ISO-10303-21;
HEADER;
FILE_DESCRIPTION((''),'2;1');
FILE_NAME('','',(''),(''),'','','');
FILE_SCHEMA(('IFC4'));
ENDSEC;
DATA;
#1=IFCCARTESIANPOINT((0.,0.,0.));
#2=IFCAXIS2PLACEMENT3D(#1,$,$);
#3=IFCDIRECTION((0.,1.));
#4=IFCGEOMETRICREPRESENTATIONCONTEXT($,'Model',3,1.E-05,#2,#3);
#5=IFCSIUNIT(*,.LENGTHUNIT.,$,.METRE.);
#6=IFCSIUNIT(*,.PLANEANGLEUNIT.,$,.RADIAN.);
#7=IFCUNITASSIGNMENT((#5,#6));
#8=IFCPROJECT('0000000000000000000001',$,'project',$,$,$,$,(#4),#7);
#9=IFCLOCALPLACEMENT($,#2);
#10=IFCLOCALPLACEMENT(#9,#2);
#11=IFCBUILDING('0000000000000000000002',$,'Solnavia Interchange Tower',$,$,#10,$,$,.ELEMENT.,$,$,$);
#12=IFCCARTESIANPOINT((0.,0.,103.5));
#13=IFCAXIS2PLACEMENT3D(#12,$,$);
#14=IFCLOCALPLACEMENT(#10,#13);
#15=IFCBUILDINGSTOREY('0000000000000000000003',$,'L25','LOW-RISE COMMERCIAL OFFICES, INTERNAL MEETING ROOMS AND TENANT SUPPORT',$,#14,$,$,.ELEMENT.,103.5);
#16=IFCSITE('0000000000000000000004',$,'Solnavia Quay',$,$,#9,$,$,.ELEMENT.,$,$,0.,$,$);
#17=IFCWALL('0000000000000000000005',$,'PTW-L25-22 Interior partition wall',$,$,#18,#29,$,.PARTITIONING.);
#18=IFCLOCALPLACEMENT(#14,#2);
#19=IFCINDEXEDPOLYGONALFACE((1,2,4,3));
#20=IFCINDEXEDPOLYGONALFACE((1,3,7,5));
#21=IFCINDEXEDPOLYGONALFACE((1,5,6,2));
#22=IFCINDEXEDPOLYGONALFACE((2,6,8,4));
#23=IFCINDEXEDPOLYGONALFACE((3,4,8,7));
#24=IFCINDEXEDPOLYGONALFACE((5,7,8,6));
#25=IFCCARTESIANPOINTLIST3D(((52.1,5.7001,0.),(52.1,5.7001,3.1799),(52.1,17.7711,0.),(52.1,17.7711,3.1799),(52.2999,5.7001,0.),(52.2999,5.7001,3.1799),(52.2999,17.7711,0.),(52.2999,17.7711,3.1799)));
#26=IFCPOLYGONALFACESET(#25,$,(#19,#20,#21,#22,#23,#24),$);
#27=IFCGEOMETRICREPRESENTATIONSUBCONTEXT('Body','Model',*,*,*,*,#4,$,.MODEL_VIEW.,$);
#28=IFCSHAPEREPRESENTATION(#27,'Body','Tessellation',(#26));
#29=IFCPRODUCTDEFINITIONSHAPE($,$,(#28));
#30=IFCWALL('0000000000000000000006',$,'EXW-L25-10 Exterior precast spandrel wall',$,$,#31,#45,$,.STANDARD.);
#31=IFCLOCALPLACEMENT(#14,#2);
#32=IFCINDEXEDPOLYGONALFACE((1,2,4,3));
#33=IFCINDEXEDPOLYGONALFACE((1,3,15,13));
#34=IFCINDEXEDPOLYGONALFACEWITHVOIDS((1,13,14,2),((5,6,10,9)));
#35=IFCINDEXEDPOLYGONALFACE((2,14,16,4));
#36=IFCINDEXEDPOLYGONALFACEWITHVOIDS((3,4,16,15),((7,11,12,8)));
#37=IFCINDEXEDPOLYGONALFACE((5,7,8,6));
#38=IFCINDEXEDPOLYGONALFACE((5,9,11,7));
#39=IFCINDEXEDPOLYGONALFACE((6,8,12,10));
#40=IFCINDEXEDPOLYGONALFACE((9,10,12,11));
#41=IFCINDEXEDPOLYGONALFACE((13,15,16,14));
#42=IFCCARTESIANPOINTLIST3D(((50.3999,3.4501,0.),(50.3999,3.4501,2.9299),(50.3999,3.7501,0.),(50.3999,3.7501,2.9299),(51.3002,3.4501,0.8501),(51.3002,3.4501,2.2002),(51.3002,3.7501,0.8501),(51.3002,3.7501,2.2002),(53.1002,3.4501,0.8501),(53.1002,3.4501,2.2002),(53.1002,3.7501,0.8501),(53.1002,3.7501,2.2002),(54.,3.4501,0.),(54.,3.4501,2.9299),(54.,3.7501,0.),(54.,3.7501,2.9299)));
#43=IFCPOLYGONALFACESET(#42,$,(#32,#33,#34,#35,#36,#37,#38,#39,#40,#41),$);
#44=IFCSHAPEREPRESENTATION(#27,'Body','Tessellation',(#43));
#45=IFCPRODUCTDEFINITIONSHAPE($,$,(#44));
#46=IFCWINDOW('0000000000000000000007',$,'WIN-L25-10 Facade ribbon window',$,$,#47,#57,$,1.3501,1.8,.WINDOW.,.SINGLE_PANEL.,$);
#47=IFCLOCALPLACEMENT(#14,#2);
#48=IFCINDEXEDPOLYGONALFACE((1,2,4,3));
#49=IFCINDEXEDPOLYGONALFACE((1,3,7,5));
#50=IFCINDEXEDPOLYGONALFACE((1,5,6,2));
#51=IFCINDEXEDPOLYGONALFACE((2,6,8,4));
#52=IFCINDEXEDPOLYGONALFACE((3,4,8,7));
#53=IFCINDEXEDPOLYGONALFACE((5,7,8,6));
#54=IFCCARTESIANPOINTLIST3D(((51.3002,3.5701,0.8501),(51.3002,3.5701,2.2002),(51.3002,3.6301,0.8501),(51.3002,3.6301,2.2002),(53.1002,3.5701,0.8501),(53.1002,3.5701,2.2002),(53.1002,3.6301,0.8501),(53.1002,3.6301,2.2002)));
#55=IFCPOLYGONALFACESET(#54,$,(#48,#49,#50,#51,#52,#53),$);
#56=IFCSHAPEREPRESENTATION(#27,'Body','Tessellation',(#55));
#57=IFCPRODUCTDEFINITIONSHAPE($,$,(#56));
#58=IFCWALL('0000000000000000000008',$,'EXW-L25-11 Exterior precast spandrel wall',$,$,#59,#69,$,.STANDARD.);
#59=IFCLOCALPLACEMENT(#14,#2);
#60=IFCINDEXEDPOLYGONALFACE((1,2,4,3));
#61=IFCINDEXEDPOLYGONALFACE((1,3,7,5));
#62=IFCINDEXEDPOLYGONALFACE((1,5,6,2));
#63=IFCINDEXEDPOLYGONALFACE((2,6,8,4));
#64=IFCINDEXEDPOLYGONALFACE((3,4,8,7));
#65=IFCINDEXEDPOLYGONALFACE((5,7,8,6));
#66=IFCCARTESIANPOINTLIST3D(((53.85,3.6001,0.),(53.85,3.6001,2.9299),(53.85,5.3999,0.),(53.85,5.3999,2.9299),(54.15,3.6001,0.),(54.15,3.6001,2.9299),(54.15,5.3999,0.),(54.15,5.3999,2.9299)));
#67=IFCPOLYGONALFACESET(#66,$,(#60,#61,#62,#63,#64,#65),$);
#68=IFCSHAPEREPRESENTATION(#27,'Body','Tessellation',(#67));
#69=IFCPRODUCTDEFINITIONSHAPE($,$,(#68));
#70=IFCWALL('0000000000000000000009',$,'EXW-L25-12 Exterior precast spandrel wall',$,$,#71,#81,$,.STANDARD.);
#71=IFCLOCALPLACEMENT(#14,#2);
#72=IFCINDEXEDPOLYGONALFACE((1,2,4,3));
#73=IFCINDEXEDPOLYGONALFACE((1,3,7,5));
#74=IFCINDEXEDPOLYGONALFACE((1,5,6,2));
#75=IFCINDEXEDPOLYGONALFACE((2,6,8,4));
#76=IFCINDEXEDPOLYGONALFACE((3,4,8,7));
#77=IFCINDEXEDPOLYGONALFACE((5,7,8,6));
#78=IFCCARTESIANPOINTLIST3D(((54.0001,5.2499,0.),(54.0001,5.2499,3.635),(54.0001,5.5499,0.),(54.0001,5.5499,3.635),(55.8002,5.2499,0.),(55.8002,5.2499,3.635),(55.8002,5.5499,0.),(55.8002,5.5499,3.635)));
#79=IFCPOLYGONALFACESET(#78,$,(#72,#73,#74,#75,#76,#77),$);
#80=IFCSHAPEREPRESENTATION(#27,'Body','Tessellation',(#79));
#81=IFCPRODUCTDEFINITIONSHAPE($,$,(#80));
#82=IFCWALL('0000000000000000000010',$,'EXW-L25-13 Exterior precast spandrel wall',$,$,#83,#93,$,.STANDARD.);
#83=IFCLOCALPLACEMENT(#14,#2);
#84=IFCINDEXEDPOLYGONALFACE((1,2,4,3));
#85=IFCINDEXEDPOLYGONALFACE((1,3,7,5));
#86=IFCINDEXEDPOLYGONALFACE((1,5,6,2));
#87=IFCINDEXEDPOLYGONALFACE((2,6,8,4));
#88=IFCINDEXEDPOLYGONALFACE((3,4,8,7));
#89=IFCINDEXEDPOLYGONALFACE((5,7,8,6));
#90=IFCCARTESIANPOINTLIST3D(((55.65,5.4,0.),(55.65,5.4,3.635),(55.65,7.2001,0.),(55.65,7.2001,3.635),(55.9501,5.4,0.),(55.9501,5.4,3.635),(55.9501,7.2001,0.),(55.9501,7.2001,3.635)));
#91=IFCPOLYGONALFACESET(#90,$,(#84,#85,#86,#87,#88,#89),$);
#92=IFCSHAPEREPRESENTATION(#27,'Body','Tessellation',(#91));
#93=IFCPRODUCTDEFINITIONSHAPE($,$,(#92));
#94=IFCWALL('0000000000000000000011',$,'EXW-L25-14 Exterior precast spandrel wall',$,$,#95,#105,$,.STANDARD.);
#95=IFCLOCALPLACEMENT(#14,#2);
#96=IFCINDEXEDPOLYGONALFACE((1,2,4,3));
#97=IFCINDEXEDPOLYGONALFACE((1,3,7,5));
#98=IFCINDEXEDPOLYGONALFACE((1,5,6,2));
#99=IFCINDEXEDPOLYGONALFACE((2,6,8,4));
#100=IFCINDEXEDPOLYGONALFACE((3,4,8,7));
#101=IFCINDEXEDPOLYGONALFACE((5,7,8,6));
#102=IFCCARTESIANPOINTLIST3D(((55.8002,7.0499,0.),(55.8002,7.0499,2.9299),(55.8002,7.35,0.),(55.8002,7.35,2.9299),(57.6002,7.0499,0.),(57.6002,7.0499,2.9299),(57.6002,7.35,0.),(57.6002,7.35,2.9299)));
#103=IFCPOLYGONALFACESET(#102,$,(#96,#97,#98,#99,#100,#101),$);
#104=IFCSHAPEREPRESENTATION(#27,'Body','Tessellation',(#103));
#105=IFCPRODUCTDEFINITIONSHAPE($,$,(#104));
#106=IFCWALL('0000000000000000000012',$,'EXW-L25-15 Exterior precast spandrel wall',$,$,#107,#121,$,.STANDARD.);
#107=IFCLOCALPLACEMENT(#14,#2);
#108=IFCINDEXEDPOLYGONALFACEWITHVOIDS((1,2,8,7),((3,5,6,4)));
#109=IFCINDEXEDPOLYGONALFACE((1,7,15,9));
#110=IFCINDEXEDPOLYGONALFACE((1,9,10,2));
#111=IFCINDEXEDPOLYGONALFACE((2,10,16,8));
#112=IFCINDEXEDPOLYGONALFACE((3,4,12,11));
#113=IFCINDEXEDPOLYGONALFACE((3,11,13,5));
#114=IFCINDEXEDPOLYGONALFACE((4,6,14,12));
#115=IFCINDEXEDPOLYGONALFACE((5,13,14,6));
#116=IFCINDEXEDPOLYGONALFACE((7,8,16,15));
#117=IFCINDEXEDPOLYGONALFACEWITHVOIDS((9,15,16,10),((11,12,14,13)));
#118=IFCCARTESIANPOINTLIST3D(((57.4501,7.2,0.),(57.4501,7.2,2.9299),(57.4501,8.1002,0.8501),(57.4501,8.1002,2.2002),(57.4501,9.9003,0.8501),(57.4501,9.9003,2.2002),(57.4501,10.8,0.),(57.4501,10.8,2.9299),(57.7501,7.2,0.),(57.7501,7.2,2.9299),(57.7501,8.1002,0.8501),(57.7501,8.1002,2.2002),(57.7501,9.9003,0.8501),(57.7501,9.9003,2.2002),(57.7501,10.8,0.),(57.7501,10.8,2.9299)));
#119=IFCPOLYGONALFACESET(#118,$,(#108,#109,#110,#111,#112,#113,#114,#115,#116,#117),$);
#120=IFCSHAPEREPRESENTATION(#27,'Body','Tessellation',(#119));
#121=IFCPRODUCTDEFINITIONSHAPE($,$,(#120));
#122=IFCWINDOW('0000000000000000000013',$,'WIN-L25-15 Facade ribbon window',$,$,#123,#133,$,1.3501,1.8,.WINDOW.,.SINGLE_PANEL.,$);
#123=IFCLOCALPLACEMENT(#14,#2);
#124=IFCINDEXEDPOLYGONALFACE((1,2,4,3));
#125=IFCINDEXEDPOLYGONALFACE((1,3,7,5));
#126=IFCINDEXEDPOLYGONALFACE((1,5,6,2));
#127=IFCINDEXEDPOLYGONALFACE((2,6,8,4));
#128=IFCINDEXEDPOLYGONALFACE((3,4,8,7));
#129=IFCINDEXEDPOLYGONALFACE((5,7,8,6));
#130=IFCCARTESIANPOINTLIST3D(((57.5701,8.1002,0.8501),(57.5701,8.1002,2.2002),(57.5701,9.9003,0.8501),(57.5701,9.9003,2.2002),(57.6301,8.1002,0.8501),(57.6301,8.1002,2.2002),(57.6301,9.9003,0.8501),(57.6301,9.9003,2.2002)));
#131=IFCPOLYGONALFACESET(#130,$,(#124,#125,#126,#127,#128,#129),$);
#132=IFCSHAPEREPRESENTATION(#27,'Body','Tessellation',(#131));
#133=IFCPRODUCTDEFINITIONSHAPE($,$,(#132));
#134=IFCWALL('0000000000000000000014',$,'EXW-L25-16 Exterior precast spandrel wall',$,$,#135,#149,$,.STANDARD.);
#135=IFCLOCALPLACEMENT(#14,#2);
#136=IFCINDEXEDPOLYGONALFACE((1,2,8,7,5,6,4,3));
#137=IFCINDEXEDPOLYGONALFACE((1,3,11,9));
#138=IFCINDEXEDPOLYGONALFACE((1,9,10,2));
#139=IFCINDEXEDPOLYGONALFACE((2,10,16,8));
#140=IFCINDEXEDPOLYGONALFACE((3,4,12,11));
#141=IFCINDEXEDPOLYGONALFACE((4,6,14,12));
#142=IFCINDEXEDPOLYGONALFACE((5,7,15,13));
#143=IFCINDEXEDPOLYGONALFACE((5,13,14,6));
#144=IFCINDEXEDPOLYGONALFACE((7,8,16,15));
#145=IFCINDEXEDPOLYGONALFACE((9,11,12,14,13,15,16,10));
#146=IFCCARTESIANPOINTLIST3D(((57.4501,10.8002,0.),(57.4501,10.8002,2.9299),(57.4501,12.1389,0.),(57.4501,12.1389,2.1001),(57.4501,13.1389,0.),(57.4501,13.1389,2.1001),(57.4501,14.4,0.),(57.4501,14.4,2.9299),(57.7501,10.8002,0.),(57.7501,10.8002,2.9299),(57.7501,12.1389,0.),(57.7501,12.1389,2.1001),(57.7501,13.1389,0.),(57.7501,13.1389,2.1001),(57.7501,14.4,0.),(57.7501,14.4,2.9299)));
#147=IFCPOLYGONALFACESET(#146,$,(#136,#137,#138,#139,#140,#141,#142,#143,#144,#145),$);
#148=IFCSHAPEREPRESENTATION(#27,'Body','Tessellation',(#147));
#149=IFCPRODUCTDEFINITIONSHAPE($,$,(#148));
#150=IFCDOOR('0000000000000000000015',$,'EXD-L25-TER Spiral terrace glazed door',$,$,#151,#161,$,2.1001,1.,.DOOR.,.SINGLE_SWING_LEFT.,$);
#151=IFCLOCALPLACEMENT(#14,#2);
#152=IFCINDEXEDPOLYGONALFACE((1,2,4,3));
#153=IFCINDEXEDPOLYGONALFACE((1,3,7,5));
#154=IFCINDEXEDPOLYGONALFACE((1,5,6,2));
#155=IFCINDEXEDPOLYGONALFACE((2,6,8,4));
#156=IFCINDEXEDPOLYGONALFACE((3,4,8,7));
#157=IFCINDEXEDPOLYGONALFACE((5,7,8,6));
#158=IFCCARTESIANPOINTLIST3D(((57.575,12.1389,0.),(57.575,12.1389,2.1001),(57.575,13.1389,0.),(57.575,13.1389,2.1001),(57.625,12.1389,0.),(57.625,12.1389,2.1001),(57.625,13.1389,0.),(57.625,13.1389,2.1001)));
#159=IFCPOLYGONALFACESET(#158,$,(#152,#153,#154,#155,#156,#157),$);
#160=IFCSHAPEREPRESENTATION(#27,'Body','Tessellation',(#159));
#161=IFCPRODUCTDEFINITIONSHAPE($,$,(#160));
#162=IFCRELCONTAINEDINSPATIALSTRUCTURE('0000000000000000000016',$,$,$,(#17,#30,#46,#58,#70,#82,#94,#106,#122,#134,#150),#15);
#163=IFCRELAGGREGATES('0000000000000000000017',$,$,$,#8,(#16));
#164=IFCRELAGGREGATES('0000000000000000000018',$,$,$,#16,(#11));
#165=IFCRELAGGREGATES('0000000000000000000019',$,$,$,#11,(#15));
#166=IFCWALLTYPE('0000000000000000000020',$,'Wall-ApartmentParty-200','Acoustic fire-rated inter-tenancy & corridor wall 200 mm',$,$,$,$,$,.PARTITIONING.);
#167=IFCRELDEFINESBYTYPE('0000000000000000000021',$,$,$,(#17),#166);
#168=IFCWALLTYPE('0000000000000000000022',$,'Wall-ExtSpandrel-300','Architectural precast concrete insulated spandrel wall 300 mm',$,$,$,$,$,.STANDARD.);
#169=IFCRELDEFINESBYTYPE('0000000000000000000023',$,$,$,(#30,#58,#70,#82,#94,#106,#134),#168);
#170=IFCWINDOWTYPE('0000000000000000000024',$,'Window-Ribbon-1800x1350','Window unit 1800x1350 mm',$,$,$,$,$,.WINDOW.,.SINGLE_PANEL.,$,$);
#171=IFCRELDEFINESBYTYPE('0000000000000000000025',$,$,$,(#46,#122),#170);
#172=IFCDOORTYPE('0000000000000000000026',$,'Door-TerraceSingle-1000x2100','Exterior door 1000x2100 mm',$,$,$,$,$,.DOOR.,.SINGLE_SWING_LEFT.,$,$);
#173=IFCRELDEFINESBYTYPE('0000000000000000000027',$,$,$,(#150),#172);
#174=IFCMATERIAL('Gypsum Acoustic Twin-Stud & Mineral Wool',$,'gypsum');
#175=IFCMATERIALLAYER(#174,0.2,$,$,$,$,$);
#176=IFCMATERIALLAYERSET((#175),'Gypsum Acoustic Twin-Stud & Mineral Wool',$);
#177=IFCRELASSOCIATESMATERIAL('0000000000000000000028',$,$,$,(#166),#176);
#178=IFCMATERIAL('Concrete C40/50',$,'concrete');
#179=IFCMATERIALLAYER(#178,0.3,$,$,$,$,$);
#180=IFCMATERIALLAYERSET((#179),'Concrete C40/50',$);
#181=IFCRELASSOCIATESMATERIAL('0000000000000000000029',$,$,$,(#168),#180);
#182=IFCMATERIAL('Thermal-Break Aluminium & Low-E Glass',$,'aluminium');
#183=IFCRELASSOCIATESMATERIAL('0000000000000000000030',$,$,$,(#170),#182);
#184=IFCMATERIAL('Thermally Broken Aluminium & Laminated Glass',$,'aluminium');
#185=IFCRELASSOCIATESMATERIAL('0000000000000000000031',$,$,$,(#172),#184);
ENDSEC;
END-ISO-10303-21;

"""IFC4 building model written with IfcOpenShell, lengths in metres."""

from ifc_helpers import new_model, si_unit, direction, frame, frame_2d, origin, place, context, subcontext, project, spatial, rectangle, extrude, material, layer, layer_set, type_object, element, fill, save


model = new_model("IFC4")

# Units and contexts
model_context = context("Model", 3, precision=1e-05, world=origin(), true_north=direction((0.0, 1.0)))
body_context = subcontext(model_context, "Body", "Model", "MODEL_VIEW")
ifc_project = project(units=[si_unit("LENGTHUNIT", "METRE"), si_unit("PLANEANGLEUNIT", "RADIAN")], contexts=[model_context])

# Site, building, storey
site_placement = place(None, origin())
site = spatial("IfcSite", under=ifc_project, at=site_placement, Name="Solnavia Quay", CompositionType="ELEMENT", RefElevation=0.0)
building_placement = place(site_placement, origin())
building = spatial("IfcBuilding", under=site, at=building_placement, Name="Solnavia Interchange Tower", CompositionType="ELEMENT")
storey_placement = place(building_placement, frame((0.0, 0.0, 103.5)))
storey = spatial("IfcBuildingStorey", under=building, at=storey_placement, Name="L25", Description="LOW-RISE COMMERCIAL OFFICES, INTERNAL MEETING ROOMS AND TENANT SUPPORT", CompositionType="ELEMENT", Elevation=103.5)

# Wall
ifc_material_1 = material(Name="Gypsum Acoustic Twin-Stud & Mineral Wool", Category="gypsum")
ifc_layer_1 = layer(ifc_material_1, 0.2)
ifc_layer_set_1 = layer_set([ifc_layer_1], Name="Gypsum Acoustic Twin-Stud & Mineral Wool")
wall_type_1 = type_object("IfcWallType", Name="Wall-ApartmentParty-200", Description="Acoustic fire-rated inter-tenancy & corridor wall 200 mm", PredefinedType="PARTITIONING", material=ifc_layer_set_1)
wall_1_placement = place(storey_placement, frame((52.2, 5.7, 0.0), z_axis=(0.0, 0.0, 1.0), x_axis=(0.0, 1.0, 0.0)))
element("IfcWall", 1, at=wall_1_placement, inside=storey, type_object=wall_type_1, Name="PTW-L25-22 Interior partition wall", PredefinedType="PARTITIONING", context=body_context, shape_type="SweptSolid", body=[
    extrude(rectangle(XDim=12.071, YDim=0.2, at=frame_2d((6.0356, 0.0))), origin(), (0.0, 0.0, 1.0), 3.1799),
])

# Wall, opening, window
ifc_material_2 = material(Name="Concrete C40/50", Category="concrete")
ifc_layer_2 = layer(ifc_material_2, 0.3)
ifc_layer_set_2 = layer_set([ifc_layer_2], Name="Concrete C40/50")
wall_type_2 = type_object("IfcWallType", Name="Wall-ExtSpandrel-300", Description="Architectural precast concrete insulated spandrel wall 300 mm", PredefinedType="STANDARD", material=ifc_layer_set_2)
wall_2_placement = place(storey_placement, frame((54.0, 3.6001, 0.0), z_axis=(0.0, 0.0, 1.0), x_axis=(-1.0, 0.0, 0.0)))
wall_2 = element("IfcWall", 2, at=wall_2_placement, inside=storey, type_object=wall_type_2, Name="EXW-L25-10 Exterior precast spandrel wall", PredefinedType="STANDARD", context=body_context, shape_type="SweptSolid", body=[
    extrude(rectangle(XDim=3.6001, YDim=0.3, at=frame_2d((1.8, 0.0))), origin(), (0.0, 0.0, 1.0), 2.9299),
])
opening_1_placement = place(wall_2_placement, frame((0.8999, 0.0, 0.8501)))
opening_1 = element("IfcOpeningElement", 3, at=opening_1_placement, cuts=wall_2, PredefinedType="OPENING", context=body_context, shape_type="SweptSolid", body=[
    extrude(rectangle(XDim=1.8, YDim=1.3501, at=frame_2d((0.8999, 0.675))), frame((0.0, 0.1602, 0.0), z_axis=(0.0, -1.0, 0.0), x_axis=(1.0, 0.0, 0.0)), (0.0, 0.0, 1.0), 0.3201),
])
ifc_material_3 = material(Name="Thermal-Break Aluminium & Low-E Glass", Category="aluminium")
window_type = type_object("IfcWindowType", Name="Window-Ribbon-1800x1350", Description="Window unit 1800x1350 mm", PartitioningType="SINGLE_PANEL", PredefinedType="WINDOW", material=ifc_material_3)
window_1_placement = place(opening_1_placement, origin())
window_1 = element("IfcWindow", 4, at=window_1_placement, inside=storey, type_object=window_type, Name="WIN-L25-10 Facade ribbon window", OverallHeight=1.3501, OverallWidth=1.8, PartitioningType="SINGLE_PANEL", PredefinedType="WINDOW", context=body_context, shape_type="SweptSolid", body=[
    extrude(rectangle(XDim=1.8, YDim=1.3501, at=frame_2d((0.8999, 0.675))), frame((0.0, 0.03, 0.0), z_axis=(0.0, -1.0, 0.0), x_axis=(1.0, 0.0, 0.0)), (0.0, 0.0, 1.0), 0.0601),
])
fill(opening_1, window_1)

# Walls
wall_3_placement = place(storey_placement, frame((54.0, 5.3999, 0.0), z_axis=(0.0, 0.0, 1.0), x_axis=(0.0, -1.0, 0.0)))
element("IfcWall", 5, at=wall_3_placement, inside=storey, type_object=wall_type_2, Name="EXW-L25-11 Exterior precast spandrel wall", PredefinedType="STANDARD", context=body_context, shape_type="SweptSolid", body=[
    extrude(rectangle(XDim=1.7998, YDim=0.3, at=frame_2d((0.8999, 0.0))), origin(), (0.0, 0.0, 1.0), 2.9299),
])
for number, where, z_axis, x_axis, name in (
    (6, (55.8, 5.3999, 0.0), (0.0, 0.0, 1.0), (-1.0, 0.0, 0.0), "EXW-L25-12 Exterior precast spandrel wall"),
    (7, (55.8, 7.2, 0.0), (0.0, 0.0, 1.0), (0.0, -1.0, 0.0), "EXW-L25-13 Exterior precast spandrel wall"),
):
    element("IfcWall", number, at=place(storey_placement, frame(where, z_axis=z_axis, x_axis=x_axis)), inside=storey, type_object=wall_type_2, Name=name, PredefinedType="STANDARD", context=body_context, shape_type="SweptSolid", body=[
        extrude(rectangle(XDim=1.8, YDim=0.3, at=frame_2d((0.8999, 0.0))), origin(), (0.0, 0.0, 1.0), 3.635),
    ])
wall_4_placement = place(storey_placement, frame((57.6001, 7.2, 0.0), z_axis=(0.0, 0.0, 1.0), x_axis=(-1.0, 0.0, 0.0)))
element("IfcWall", 8, at=wall_4_placement, inside=storey, type_object=wall_type_2, Name="EXW-L25-14 Exterior precast spandrel wall", PredefinedType="STANDARD", context=body_context, shape_type="SweptSolid", body=[
    extrude(rectangle(XDim=1.8, YDim=0.3, at=frame_2d((0.8999, 0.0))), origin(), (0.0, 0.0, 1.0), 2.9299),
])

# Wall, opening, window
wall_5_placement = place(storey_placement, frame((57.6001, 10.8, 0.0), z_axis=(0.0, 0.0, 1.0), x_axis=(0.0, -1.0, 0.0)))
wall_5 = element("IfcWall", 9, at=wall_5_placement, inside=storey, type_object=wall_type_2, Name="EXW-L25-15 Exterior precast spandrel wall", PredefinedType="STANDARD", context=body_context, shape_type="SweptSolid", body=[
    extrude(rectangle(XDim=3.6001, YDim=0.3, at=frame_2d((1.8, 0.0))), origin(), (0.0, 0.0, 1.0), 2.9299),
])
opening_2_placement = place(wall_5_placement, frame((0.8999, 0.0, 0.8501)))
opening_2 = element("IfcOpeningElement", 10, at=opening_2_placement, cuts=wall_5, PredefinedType="OPENING", context=body_context, shape_type="SweptSolid", body=[
    extrude(rectangle(XDim=1.8, YDim=1.3501, at=frame_2d((0.8999, 0.675))), frame((0.0, 0.1602, 0.0), z_axis=(0.0, -1.0, 0.0), x_axis=(1.0, 0.0, 0.0)), (0.0, 0.0, 1.0), 0.3201),
])
window_2_placement = place(opening_2_placement, origin())
window_2 = element("IfcWindow", 11, at=window_2_placement, inside=storey, type_object=window_type, Name="WIN-L25-15 Facade ribbon window", OverallHeight=1.3501, OverallWidth=1.8, PartitioningType="SINGLE_PANEL", PredefinedType="WINDOW", context=body_context, shape_type="SweptSolid", body=[
    extrude(rectangle(XDim=1.8, YDim=1.3501, at=frame_2d((0.8999, 0.675))), frame((0.0, 0.03, 0.0), z_axis=(0.0, -1.0, 0.0), x_axis=(1.0, 0.0, 0.0)), (0.0, 0.0, 1.0), 0.0601),
])
fill(opening_2, window_2)

# Wall, opening, door
wall_6_placement = place(storey_placement, frame((57.6001, 14.3999, 0.0), z_axis=(0.0, 0.0, 1.0), x_axis=(0.0, -1.0, 0.0)))
wall_6 = element("IfcWall", 12, at=wall_6_placement, inside=storey, type_object=wall_type_2, Name="EXW-L25-16 Exterior precast spandrel wall", PredefinedType="STANDARD", context=body_context, shape_type="SweptSolid", body=[
    extrude(rectangle(XDim=3.5999, YDim=0.3, at=frame_2d((1.7998, 0.0))), origin(), (0.0, 0.0, 1.0), 2.9299),
])
opening_3_placement = place(wall_6_placement, frame((1.261, 0.0, 0.0)))
opening_3 = element("IfcOpeningElement", 13, at=opening_3_placement, cuts=wall_6, PredefinedType="OPENING", context=body_context, shape_type="SweptSolid", body=[
    extrude(rectangle(XDim=1.0, YDim=2.1001, at=frame_2d((0.5, 1.05))), frame((0.0, 0.1602, 0.0), z_axis=(0.0, -1.0, 0.0), x_axis=(1.0, 0.0, 0.0)), (0.0, 0.0, 1.0), 0.3201),
])
ifc_material_4 = material(Name="Thermally Broken Aluminium & Laminated Glass", Category="aluminium")
door_type = type_object("IfcDoorType", Name="Door-TerraceSingle-1000x2100", Description="Exterior door 1000x2100 mm", OperationType="SINGLE_SWING_LEFT", PredefinedType="DOOR", material=ifc_material_4)
door_placement = place(opening_3_placement, origin())
door = element("IfcDoor", 14, at=door_placement, inside=storey, type_object=door_type, Name="EXD-L25-TER Spiral terrace glazed door", OperationType="SINGLE_SWING_LEFT", OverallHeight=2.1001, OverallWidth=1.0, PredefinedType="DOOR", context=body_context, shape_type="SweptSolid", body=[
    extrude(rectangle(XDim=1.0, YDim=2.1001, at=frame_2d((0.5, 1.05))), frame((0.0, 0.0249, 0.0), z_axis=(0.0, -1.0, 0.0), x_axis=(1.0, 0.0, 0.0)), (0.0, 0.0, 1.0), 0.05),
])
fill(opening_3, door)

save(model, "model.ifc")
